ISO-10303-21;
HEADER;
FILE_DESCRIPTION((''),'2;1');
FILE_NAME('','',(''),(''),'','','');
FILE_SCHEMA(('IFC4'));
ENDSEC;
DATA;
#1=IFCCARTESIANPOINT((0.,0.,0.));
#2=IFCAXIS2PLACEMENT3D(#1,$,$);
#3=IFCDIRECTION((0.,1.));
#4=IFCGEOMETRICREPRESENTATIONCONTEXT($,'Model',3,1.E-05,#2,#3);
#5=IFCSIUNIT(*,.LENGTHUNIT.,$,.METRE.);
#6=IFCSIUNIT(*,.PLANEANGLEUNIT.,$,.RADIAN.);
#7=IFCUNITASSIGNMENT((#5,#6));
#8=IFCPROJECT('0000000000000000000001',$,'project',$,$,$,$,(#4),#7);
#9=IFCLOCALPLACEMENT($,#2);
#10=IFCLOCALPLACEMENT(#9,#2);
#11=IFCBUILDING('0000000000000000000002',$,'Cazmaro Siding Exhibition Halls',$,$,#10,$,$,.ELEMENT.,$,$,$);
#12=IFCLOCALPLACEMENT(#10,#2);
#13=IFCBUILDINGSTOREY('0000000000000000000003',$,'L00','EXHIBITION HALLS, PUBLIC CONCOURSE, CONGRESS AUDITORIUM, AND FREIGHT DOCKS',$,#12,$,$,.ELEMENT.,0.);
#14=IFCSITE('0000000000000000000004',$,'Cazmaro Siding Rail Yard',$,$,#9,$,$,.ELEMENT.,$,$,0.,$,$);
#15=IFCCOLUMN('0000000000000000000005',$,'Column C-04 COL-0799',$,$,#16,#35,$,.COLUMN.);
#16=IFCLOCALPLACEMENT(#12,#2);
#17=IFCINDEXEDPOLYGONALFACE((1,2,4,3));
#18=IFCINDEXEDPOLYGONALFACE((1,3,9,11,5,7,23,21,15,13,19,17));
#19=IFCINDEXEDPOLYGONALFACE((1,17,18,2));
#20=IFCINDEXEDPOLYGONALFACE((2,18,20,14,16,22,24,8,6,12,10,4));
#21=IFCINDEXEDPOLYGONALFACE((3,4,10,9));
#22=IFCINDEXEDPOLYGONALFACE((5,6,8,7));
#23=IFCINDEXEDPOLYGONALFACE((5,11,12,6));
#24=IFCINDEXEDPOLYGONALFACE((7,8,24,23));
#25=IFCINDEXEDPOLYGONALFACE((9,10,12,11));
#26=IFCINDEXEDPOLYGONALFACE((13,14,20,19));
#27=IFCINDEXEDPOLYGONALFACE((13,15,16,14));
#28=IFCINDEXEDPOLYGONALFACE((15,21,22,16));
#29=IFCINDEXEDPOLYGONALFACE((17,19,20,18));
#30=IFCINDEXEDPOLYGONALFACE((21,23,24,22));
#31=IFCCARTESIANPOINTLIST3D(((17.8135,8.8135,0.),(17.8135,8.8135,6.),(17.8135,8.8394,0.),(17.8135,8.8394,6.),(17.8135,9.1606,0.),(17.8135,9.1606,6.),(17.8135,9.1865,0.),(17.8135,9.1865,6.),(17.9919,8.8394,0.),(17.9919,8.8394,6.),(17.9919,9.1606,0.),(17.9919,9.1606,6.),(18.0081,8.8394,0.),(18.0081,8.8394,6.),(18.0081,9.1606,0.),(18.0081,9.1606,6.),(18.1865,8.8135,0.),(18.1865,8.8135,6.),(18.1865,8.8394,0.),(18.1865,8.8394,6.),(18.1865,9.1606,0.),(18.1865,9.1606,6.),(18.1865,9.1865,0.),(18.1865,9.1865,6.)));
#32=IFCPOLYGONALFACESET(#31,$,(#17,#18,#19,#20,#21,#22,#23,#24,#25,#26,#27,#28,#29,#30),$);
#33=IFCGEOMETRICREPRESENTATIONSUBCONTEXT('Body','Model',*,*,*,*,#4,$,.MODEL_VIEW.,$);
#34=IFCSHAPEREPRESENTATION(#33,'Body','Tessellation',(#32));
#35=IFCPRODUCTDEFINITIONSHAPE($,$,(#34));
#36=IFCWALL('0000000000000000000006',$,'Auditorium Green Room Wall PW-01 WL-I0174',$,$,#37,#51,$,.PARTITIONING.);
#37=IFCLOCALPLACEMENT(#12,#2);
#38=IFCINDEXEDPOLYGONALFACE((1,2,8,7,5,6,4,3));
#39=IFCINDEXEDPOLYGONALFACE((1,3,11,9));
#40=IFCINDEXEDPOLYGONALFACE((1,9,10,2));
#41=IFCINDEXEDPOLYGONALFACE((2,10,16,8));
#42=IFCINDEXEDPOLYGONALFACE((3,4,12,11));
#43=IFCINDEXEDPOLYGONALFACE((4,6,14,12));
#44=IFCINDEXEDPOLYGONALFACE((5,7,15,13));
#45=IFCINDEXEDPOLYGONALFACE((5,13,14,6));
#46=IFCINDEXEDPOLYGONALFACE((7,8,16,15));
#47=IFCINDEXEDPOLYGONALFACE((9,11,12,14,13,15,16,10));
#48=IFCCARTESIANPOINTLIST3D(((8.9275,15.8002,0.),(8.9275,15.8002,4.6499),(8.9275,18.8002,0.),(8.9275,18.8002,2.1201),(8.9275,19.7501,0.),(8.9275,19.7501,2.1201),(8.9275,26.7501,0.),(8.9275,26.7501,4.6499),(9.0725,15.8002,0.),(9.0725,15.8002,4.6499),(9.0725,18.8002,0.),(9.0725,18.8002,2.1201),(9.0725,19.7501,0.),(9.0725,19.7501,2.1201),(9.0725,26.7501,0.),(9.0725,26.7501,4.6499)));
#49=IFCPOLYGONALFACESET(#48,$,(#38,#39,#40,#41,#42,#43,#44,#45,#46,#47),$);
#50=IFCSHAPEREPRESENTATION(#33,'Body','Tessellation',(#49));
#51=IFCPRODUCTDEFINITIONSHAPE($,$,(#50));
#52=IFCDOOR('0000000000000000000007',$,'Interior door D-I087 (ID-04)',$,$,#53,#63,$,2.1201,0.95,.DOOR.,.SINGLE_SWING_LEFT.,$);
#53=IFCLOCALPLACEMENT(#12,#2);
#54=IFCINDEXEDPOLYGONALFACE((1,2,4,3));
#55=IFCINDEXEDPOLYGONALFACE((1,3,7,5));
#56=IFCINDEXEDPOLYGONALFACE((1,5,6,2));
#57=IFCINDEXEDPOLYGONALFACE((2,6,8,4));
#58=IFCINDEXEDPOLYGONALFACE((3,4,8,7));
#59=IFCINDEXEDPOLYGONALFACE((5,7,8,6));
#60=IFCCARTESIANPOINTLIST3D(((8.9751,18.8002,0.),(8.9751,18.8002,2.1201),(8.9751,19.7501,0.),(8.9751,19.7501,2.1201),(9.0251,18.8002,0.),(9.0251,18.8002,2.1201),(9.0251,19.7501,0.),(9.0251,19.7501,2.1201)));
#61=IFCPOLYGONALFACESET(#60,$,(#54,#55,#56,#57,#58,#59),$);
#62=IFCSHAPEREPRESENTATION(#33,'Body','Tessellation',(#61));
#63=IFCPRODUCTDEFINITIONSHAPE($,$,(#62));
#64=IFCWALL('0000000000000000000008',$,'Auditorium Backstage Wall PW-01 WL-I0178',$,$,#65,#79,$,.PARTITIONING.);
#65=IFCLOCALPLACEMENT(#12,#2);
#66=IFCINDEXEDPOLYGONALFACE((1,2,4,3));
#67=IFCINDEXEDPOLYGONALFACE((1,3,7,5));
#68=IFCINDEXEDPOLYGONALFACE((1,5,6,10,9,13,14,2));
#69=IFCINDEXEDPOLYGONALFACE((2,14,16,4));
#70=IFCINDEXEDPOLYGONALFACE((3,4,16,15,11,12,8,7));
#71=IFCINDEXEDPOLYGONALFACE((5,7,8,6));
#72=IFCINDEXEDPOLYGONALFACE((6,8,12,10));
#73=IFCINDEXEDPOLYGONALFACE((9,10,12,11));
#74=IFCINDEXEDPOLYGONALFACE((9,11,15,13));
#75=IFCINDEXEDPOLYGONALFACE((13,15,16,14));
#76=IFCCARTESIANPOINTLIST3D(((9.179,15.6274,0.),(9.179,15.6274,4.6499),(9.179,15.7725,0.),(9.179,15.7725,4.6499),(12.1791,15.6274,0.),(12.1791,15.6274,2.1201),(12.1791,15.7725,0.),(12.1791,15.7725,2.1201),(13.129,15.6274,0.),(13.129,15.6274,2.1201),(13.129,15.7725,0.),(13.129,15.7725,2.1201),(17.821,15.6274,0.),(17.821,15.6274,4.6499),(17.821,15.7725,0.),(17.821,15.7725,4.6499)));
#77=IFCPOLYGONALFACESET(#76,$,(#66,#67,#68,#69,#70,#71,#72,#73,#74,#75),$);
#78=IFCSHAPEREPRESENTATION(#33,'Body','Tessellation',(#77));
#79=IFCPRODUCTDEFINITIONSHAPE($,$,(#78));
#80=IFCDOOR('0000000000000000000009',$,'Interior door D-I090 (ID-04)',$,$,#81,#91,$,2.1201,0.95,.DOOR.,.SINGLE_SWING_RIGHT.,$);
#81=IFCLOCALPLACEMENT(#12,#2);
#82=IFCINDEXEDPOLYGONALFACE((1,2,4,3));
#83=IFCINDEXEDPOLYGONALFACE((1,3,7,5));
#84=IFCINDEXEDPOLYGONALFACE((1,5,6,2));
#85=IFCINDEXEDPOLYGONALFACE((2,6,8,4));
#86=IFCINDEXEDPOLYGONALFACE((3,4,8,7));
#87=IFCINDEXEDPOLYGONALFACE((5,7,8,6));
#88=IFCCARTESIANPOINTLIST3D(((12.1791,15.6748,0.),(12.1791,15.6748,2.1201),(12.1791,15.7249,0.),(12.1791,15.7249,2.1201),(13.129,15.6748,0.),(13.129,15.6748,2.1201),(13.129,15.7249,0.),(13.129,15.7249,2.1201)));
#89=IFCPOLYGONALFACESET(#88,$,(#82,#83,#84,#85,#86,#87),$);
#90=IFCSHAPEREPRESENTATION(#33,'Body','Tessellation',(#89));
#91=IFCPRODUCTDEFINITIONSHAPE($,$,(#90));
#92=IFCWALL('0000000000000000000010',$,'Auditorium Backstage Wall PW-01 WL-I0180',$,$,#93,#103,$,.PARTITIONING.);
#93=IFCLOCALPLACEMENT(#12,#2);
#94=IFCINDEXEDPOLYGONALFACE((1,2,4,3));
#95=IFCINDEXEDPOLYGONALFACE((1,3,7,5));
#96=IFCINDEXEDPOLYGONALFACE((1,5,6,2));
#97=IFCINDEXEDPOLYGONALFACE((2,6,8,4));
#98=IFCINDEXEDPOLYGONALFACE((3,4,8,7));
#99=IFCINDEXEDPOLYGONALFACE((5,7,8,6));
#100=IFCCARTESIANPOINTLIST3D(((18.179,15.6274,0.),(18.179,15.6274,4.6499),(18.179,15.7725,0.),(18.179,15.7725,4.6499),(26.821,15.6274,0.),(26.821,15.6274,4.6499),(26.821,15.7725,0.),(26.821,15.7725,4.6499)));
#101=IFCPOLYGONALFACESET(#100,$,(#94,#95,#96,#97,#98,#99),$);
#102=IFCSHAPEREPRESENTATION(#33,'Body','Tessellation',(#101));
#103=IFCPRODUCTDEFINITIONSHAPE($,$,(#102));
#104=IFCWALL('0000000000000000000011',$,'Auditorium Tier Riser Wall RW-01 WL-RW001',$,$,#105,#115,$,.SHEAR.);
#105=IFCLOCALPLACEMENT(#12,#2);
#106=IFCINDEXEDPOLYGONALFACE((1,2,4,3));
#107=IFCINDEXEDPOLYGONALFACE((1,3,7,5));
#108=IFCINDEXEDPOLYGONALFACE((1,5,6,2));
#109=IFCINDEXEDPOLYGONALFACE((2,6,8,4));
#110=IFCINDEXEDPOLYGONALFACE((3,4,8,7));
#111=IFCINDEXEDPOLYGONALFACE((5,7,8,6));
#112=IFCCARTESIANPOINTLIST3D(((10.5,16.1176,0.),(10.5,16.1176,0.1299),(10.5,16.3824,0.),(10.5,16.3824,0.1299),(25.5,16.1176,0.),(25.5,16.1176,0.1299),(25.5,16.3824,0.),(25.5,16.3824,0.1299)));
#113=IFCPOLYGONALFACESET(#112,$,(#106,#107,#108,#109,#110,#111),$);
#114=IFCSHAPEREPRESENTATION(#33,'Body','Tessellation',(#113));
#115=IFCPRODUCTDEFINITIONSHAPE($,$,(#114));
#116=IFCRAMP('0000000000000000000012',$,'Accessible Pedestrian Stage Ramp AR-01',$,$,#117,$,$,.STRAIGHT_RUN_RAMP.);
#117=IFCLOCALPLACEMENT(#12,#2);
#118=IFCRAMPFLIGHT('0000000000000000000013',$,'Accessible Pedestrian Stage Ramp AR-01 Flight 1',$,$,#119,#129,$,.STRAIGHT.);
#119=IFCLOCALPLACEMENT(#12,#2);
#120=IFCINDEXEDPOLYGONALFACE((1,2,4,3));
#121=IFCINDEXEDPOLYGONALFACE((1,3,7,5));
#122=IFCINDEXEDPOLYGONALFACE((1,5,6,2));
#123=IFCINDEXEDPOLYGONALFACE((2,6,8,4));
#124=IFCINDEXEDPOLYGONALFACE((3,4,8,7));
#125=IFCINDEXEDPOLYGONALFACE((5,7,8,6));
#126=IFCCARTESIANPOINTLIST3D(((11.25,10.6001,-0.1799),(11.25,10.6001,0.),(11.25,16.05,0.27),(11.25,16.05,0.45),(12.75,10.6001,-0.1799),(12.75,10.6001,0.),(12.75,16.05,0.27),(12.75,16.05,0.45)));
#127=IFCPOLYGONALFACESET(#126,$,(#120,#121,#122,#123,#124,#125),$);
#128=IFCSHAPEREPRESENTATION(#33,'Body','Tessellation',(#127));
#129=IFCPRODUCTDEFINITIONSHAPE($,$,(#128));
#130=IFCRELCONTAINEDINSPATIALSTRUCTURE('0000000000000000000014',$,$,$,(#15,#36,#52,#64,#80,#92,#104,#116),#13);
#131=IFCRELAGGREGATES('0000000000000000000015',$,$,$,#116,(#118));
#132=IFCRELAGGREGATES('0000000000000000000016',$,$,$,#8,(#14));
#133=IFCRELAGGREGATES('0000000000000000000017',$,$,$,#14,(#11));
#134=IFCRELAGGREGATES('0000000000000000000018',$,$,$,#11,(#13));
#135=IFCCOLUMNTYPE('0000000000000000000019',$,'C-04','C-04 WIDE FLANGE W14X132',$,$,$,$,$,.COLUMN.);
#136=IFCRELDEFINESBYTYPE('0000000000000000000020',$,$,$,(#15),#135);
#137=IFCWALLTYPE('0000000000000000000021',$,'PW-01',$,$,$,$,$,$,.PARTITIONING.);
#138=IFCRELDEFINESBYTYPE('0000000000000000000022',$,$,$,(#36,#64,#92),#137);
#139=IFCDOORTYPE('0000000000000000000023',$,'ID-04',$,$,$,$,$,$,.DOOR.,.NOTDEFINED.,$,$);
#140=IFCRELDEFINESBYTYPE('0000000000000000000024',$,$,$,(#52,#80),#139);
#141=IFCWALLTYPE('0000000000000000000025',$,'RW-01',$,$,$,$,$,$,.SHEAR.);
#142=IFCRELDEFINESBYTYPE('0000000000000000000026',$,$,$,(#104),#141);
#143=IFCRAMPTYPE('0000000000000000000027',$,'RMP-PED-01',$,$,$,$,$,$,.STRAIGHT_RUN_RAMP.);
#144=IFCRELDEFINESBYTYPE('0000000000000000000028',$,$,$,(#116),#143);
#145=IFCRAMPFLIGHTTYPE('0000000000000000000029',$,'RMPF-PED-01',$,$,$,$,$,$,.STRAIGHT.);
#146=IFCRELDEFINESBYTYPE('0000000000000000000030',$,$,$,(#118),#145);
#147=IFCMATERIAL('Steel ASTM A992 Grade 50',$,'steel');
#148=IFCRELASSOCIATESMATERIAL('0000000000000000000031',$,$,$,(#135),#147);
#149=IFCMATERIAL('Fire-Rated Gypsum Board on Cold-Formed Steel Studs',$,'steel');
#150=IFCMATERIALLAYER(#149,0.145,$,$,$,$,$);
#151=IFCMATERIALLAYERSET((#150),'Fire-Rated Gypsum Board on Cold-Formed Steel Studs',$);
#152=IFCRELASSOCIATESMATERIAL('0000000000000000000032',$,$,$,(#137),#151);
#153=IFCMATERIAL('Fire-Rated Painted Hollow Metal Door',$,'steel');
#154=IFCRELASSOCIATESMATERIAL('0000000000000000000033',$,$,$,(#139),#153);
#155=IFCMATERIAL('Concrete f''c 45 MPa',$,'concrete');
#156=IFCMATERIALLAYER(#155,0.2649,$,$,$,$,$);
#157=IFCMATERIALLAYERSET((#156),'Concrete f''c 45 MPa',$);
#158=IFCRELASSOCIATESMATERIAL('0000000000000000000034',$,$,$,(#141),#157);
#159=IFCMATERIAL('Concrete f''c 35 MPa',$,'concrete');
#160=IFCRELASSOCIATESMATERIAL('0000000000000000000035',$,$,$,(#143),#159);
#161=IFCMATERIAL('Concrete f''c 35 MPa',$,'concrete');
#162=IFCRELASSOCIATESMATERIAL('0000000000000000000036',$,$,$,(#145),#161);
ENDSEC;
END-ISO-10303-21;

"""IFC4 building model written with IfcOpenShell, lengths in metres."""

from ifc_helpers import new_model, si_unit, direction, frame, frame_2d, origin, origin_2d, place, context, subcontext, project, spatial, polyline, rectangle, i_section, outline, extrude, material, layer, layer_set, material_profile, profile_set, type_object, element, fill, aggregate, save


model = new_model("IFC4")

# Units and contexts
model_context = context("Model", 3, precision=1e-05, world=origin(), true_north=direction((0.0, 1.0)))
body_context = subcontext(model_context, "Body", "Model", "MODEL_VIEW")
ifc_project = project(units=[si_unit("LENGTHUNIT", "METRE"), si_unit("PLANEANGLEUNIT", "RADIAN")], contexts=[model_context])

# Site, building, storey
site_placement = place(None, origin())
site = spatial("IfcSite", under=ifc_project, at=site_placement, Name="Cazmaro Siding Rail Yard", CompositionType="ELEMENT", RefElevation=0.0)
building_placement = place(site_placement, origin())
building = spatial("IfcBuilding", under=site, at=building_placement, Name="Cazmaro Siding Exhibition Halls", CompositionType="ELEMENT")
storey_placement = place(building_placement, origin())
storey = spatial("IfcBuildingStorey", under=building, at=storey_placement, Name="L00", Description="EXHIBITION HALLS, PUBLIC CONCOURSE, CONGRESS AUDITORIUM, AND FREIGHT DOCKS", CompositionType="ELEMENT", Elevation=0.0)

# Column
ifc_material_1 = material(Name="Steel ASTM A992 Grade 50", Category="steel")
ifc_material_profile_1 = material_profile(ifc_material_1, i_section(OverallWidth=0.373, OverallDepth=0.373, WebThickness=0.0161, FlangeThickness=0.0259, at=origin_2d()), Name="W14X132")
ifc_profile_set_1 = profile_set([ifc_material_profile_1], Name="Steel ASTM A992 Grade 50")
column_type = type_object("IfcColumnType", Name="C-04", Description="C-04 WIDE FLANGE W14X132", PredefinedType="COLUMN", material=ifc_profile_set_1)
for number, where, z_axis, x_axis, name in (
    (1, (18.0, 9.0, 0.0), (0.0, 0.0, 1.0), (1.0, 0.0, 0.0), "Column C-04 COL-0799"),
):
    element("IfcColumn", number, at=place(storey_placement, frame(where, z_axis=z_axis, x_axis=x_axis)), inside=storey, type_object=column_type, Name=name, PredefinedType="COLUMN", context=body_context, shape_type="SweptSolid", body=[
        extrude(i_section(OverallWidth=0.373, OverallDepth=0.373, WebThickness=0.0161, FlangeThickness=0.0259, at=origin_2d()), origin(), (0.0, 0.0, 1.0), 6.0),
    ])

# Walls, openings, doors
ifc_material_2 = material(Name="Fire-Rated Gypsum Board on Cold-Formed Steel Studs", Category="steel")
ifc_layer_1 = layer(ifc_material_2, 0.145)
ifc_layer_set_1 = layer_set([ifc_layer_1], Name="Fire-Rated Gypsum Board on Cold-Formed Steel Studs")
wall_type_1 = type_object("IfcWallType", Name="PW-01", PredefinedType="PARTITIONING", material=ifc_layer_set_1)
wall_1_placement = place(storey_placement, frame((9.0, 15.8, 0.0), z_axis=(0.0, 0.0, 1.0), x_axis=(0.0, 1.0, 0.0)))
wall_1 = element("IfcWall", 2, at=wall_1_placement, inside=storey, type_object=wall_type_1, Name="Auditorium Green Room Wall PW-01 WL-I0174", PredefinedType="PARTITIONING", context=body_context, shape_type="SweptSolid", body=[
    extrude(rectangle(XDim=10.95, YDim=0.145, at=frame_2d((5.4751, 0.0))), origin(), (0.0, 0.0, 1.0), 4.6499),
])
opening_1_placement = place(wall_1_placement, frame((3.0, 0.0, 0.0)))
opening_1 = element("IfcOpeningElement", 3, at=opening_1_placement, cuts=wall_1, PredefinedType="OPENING", context=body_context, shape_type="SweptSolid", body=[
    extrude(rectangle(XDim=0.95, YDim=2.1201, at=frame_2d((0.4751, 1.0601))), frame((0.0, 0.0825, 0.0), z_axis=(0.0, -1.0, 0.0), x_axis=(1.0, 0.0, 0.0)), (0.0, 0.0, 1.0), 0.165),
])
ifc_material_3 = material(Name="Fire-Rated Painted Hollow Metal Door", Category="steel")
door_type_1 = type_object("IfcDoorType", Name="ID-04", OperationType="NOTDEFINED", PredefinedType="DOOR", material=ifc_material_3)
door_1_placement = place(opening_1_placement, origin())
door_1 = element("IfcDoor", 4, at=door_1_placement, inside=storey, type_object=door_type_1, Name="Interior door D-I087 (ID-04)", OperationType="SINGLE_SWING_LEFT", OverallHeight=2.1201, OverallWidth=0.95, PredefinedType="DOOR", context=body_context, shape_type="SweptSolid", body=[
    extrude(rectangle(XDim=0.95, YDim=2.1201, at=frame_2d((0.4751, 1.0601))), frame((0.0, 0.0249, 0.0), z_axis=(0.0, -1.0, 0.0), x_axis=(1.0, 0.0, 0.0)), (0.0, 0.0, 1.0), 0.05),
])
fill(opening_1, door_1)
wall_2_placement = place(storey_placement, frame((9.179, 15.7, 0.0), z_axis=(0.0, 0.0, 1.0), x_axis=(1.0, 0.0, 0.0)))
wall_2 = element("IfcWall", 5, at=wall_2_placement, inside=storey, type_object=wall_type_1, Name="Auditorium Backstage Wall PW-01 WL-I0178", PredefinedType="PARTITIONING", context=body_context, shape_type="SweptSolid", body=[
    extrude(rectangle(XDim=8.6421, YDim=0.145, at=frame_2d((4.321, 0.0))), origin(), (0.0, 0.0, 1.0), 4.6499),
])
opening_2_placement = place(wall_2_placement, frame((3.0, 0.0, 0.0)))
opening_2 = element("IfcOpeningElement", 6, at=opening_2_placement, cuts=wall_2, PredefinedType="OPENING", context=body_context, shape_type="SweptSolid", body=[
    extrude(rectangle(XDim=0.95, YDim=2.1201, at=frame_2d((0.4751, 1.0601))), frame((0.0, 0.0825, 0.0), z_axis=(0.0, -1.0, 0.0), x_axis=(1.0, 0.0, 0.0)), (0.0, 0.0, 1.0), 0.165),
])
door_2_placement = place(opening_2_placement, origin())
door_2 = element("IfcDoor", 7, at=door_2_placement, inside=storey, type_object=door_type_1, Name="Interior door D-I090 (ID-04)", OperationType="SINGLE_SWING_RIGHT", OverallHeight=2.1201, OverallWidth=0.95, PredefinedType="DOOR", context=body_context, shape_type="SweptSolid", body=[
    extrude(rectangle(XDim=0.95, YDim=2.1201, at=frame_2d((0.4751, 1.0601))), frame((0.0, 0.0249, 0.0), z_axis=(0.0, -1.0, 0.0), x_axis=(1.0, 0.0, 0.0)), (0.0, 0.0, 1.0), 0.05),
])
fill(opening_2, door_2)

# Walls
wall_3_placement = place(storey_placement, frame((18.179, 15.7, 0.0), z_axis=(0.0, 0.0, 1.0), x_axis=(1.0, 0.0, 0.0)))
element("IfcWall", 8, at=wall_3_placement, inside=storey, type_object=wall_type_1, Name="Auditorium Backstage Wall PW-01 WL-I0180", PredefinedType="PARTITIONING", context=body_context, shape_type="SweptSolid", body=[
    extrude(rectangle(XDim=8.6421, YDim=0.145, at=frame_2d((4.321, 0.0))), origin(), (0.0, 0.0, 1.0), 4.6499),
])
ifc_material_4 = material(Name="Concrete f'c 45 MPa", Category="concrete")
ifc_layer_2 = layer(ifc_material_4, 0.2649)
ifc_layer_set_2 = layer_set([ifc_layer_2], Name="Concrete f'c 45 MPa")
wall_type_2 = type_object("IfcWallType", Name="RW-01", PredefinedType="SHEAR", material=ifc_layer_set_2)
wall_4_placement = place(storey_placement, frame((10.5, 16.25, 0.0), z_axis=(0.0, 0.0, 1.0), x_axis=(1.0, 0.0, 0.0)))
element("IfcWall", 9, at=wall_4_placement, inside=storey, type_object=wall_type_2, Name="Auditorium Tier Riser Wall RW-01 WL-RW001", PredefinedType="SHEAR", context=body_context, shape_type="SweptSolid", body=[
    extrude(rectangle(XDim=15.0, YDim=0.2649, at=frame_2d((7.5, 0.0))), origin(), (0.0, 0.0, 1.0), 0.1299),
])

# Ramp, ramp flight
ifc_material_5 = material(Name="Concrete f'c 35 MPa", Category="concrete")
ramp_type = type_object("IfcRampType", Name="RMP-PED-01", PredefinedType="STRAIGHT_RUN_RAMP", material=ifc_material_5)
ramp_placement = place(storey_placement, origin())
ramp = element("IfcRamp", 10, at=ramp_placement, inside=storey, type_object=ramp_type, Name="Accessible Pedestrian Stage Ramp AR-01", PredefinedType="STRAIGHT_RUN_RAMP")
ifc_material_6 = material(Name="Concrete f'c 35 MPa", Category="concrete")
ramp_flight_type = type_object("IfcRampFlightType", Name="RMPF-PED-01", PredefinedType="STRAIGHT", material=ifc_material_6)
ramp_flight_placement = place(storey_placement, frame((12.0, 10.6001, 0.0), z_axis=(0.0, 0.0, 1.0), x_axis=(0.0, 1.0, 0.0)))
ramp_flight = element("IfcRampFlight", 11, at=ramp_flight_placement, type_object=ramp_flight_type, Name="Accessible Pedestrian Stage Ramp AR-01 Flight 1", PredefinedType="STRAIGHT", context=body_context, shape_type="SweptSolid", body=[
    extrude(outline(polyline([(0.0, -0.1799), (5.45, 0.27), (5.45, 0.45), (0.0, 0.0), (0.0, -0.1799)])), frame((0.0, 0.75, 0.0), z_axis=(0.0, -1.0, 0.0), x_axis=(1.0, 0.0, 0.0)), (0.0, 0.0, 1.0), 1.5),
])
aggregate(ramp, [ramp_flight])

save(model, "model.ifc")
